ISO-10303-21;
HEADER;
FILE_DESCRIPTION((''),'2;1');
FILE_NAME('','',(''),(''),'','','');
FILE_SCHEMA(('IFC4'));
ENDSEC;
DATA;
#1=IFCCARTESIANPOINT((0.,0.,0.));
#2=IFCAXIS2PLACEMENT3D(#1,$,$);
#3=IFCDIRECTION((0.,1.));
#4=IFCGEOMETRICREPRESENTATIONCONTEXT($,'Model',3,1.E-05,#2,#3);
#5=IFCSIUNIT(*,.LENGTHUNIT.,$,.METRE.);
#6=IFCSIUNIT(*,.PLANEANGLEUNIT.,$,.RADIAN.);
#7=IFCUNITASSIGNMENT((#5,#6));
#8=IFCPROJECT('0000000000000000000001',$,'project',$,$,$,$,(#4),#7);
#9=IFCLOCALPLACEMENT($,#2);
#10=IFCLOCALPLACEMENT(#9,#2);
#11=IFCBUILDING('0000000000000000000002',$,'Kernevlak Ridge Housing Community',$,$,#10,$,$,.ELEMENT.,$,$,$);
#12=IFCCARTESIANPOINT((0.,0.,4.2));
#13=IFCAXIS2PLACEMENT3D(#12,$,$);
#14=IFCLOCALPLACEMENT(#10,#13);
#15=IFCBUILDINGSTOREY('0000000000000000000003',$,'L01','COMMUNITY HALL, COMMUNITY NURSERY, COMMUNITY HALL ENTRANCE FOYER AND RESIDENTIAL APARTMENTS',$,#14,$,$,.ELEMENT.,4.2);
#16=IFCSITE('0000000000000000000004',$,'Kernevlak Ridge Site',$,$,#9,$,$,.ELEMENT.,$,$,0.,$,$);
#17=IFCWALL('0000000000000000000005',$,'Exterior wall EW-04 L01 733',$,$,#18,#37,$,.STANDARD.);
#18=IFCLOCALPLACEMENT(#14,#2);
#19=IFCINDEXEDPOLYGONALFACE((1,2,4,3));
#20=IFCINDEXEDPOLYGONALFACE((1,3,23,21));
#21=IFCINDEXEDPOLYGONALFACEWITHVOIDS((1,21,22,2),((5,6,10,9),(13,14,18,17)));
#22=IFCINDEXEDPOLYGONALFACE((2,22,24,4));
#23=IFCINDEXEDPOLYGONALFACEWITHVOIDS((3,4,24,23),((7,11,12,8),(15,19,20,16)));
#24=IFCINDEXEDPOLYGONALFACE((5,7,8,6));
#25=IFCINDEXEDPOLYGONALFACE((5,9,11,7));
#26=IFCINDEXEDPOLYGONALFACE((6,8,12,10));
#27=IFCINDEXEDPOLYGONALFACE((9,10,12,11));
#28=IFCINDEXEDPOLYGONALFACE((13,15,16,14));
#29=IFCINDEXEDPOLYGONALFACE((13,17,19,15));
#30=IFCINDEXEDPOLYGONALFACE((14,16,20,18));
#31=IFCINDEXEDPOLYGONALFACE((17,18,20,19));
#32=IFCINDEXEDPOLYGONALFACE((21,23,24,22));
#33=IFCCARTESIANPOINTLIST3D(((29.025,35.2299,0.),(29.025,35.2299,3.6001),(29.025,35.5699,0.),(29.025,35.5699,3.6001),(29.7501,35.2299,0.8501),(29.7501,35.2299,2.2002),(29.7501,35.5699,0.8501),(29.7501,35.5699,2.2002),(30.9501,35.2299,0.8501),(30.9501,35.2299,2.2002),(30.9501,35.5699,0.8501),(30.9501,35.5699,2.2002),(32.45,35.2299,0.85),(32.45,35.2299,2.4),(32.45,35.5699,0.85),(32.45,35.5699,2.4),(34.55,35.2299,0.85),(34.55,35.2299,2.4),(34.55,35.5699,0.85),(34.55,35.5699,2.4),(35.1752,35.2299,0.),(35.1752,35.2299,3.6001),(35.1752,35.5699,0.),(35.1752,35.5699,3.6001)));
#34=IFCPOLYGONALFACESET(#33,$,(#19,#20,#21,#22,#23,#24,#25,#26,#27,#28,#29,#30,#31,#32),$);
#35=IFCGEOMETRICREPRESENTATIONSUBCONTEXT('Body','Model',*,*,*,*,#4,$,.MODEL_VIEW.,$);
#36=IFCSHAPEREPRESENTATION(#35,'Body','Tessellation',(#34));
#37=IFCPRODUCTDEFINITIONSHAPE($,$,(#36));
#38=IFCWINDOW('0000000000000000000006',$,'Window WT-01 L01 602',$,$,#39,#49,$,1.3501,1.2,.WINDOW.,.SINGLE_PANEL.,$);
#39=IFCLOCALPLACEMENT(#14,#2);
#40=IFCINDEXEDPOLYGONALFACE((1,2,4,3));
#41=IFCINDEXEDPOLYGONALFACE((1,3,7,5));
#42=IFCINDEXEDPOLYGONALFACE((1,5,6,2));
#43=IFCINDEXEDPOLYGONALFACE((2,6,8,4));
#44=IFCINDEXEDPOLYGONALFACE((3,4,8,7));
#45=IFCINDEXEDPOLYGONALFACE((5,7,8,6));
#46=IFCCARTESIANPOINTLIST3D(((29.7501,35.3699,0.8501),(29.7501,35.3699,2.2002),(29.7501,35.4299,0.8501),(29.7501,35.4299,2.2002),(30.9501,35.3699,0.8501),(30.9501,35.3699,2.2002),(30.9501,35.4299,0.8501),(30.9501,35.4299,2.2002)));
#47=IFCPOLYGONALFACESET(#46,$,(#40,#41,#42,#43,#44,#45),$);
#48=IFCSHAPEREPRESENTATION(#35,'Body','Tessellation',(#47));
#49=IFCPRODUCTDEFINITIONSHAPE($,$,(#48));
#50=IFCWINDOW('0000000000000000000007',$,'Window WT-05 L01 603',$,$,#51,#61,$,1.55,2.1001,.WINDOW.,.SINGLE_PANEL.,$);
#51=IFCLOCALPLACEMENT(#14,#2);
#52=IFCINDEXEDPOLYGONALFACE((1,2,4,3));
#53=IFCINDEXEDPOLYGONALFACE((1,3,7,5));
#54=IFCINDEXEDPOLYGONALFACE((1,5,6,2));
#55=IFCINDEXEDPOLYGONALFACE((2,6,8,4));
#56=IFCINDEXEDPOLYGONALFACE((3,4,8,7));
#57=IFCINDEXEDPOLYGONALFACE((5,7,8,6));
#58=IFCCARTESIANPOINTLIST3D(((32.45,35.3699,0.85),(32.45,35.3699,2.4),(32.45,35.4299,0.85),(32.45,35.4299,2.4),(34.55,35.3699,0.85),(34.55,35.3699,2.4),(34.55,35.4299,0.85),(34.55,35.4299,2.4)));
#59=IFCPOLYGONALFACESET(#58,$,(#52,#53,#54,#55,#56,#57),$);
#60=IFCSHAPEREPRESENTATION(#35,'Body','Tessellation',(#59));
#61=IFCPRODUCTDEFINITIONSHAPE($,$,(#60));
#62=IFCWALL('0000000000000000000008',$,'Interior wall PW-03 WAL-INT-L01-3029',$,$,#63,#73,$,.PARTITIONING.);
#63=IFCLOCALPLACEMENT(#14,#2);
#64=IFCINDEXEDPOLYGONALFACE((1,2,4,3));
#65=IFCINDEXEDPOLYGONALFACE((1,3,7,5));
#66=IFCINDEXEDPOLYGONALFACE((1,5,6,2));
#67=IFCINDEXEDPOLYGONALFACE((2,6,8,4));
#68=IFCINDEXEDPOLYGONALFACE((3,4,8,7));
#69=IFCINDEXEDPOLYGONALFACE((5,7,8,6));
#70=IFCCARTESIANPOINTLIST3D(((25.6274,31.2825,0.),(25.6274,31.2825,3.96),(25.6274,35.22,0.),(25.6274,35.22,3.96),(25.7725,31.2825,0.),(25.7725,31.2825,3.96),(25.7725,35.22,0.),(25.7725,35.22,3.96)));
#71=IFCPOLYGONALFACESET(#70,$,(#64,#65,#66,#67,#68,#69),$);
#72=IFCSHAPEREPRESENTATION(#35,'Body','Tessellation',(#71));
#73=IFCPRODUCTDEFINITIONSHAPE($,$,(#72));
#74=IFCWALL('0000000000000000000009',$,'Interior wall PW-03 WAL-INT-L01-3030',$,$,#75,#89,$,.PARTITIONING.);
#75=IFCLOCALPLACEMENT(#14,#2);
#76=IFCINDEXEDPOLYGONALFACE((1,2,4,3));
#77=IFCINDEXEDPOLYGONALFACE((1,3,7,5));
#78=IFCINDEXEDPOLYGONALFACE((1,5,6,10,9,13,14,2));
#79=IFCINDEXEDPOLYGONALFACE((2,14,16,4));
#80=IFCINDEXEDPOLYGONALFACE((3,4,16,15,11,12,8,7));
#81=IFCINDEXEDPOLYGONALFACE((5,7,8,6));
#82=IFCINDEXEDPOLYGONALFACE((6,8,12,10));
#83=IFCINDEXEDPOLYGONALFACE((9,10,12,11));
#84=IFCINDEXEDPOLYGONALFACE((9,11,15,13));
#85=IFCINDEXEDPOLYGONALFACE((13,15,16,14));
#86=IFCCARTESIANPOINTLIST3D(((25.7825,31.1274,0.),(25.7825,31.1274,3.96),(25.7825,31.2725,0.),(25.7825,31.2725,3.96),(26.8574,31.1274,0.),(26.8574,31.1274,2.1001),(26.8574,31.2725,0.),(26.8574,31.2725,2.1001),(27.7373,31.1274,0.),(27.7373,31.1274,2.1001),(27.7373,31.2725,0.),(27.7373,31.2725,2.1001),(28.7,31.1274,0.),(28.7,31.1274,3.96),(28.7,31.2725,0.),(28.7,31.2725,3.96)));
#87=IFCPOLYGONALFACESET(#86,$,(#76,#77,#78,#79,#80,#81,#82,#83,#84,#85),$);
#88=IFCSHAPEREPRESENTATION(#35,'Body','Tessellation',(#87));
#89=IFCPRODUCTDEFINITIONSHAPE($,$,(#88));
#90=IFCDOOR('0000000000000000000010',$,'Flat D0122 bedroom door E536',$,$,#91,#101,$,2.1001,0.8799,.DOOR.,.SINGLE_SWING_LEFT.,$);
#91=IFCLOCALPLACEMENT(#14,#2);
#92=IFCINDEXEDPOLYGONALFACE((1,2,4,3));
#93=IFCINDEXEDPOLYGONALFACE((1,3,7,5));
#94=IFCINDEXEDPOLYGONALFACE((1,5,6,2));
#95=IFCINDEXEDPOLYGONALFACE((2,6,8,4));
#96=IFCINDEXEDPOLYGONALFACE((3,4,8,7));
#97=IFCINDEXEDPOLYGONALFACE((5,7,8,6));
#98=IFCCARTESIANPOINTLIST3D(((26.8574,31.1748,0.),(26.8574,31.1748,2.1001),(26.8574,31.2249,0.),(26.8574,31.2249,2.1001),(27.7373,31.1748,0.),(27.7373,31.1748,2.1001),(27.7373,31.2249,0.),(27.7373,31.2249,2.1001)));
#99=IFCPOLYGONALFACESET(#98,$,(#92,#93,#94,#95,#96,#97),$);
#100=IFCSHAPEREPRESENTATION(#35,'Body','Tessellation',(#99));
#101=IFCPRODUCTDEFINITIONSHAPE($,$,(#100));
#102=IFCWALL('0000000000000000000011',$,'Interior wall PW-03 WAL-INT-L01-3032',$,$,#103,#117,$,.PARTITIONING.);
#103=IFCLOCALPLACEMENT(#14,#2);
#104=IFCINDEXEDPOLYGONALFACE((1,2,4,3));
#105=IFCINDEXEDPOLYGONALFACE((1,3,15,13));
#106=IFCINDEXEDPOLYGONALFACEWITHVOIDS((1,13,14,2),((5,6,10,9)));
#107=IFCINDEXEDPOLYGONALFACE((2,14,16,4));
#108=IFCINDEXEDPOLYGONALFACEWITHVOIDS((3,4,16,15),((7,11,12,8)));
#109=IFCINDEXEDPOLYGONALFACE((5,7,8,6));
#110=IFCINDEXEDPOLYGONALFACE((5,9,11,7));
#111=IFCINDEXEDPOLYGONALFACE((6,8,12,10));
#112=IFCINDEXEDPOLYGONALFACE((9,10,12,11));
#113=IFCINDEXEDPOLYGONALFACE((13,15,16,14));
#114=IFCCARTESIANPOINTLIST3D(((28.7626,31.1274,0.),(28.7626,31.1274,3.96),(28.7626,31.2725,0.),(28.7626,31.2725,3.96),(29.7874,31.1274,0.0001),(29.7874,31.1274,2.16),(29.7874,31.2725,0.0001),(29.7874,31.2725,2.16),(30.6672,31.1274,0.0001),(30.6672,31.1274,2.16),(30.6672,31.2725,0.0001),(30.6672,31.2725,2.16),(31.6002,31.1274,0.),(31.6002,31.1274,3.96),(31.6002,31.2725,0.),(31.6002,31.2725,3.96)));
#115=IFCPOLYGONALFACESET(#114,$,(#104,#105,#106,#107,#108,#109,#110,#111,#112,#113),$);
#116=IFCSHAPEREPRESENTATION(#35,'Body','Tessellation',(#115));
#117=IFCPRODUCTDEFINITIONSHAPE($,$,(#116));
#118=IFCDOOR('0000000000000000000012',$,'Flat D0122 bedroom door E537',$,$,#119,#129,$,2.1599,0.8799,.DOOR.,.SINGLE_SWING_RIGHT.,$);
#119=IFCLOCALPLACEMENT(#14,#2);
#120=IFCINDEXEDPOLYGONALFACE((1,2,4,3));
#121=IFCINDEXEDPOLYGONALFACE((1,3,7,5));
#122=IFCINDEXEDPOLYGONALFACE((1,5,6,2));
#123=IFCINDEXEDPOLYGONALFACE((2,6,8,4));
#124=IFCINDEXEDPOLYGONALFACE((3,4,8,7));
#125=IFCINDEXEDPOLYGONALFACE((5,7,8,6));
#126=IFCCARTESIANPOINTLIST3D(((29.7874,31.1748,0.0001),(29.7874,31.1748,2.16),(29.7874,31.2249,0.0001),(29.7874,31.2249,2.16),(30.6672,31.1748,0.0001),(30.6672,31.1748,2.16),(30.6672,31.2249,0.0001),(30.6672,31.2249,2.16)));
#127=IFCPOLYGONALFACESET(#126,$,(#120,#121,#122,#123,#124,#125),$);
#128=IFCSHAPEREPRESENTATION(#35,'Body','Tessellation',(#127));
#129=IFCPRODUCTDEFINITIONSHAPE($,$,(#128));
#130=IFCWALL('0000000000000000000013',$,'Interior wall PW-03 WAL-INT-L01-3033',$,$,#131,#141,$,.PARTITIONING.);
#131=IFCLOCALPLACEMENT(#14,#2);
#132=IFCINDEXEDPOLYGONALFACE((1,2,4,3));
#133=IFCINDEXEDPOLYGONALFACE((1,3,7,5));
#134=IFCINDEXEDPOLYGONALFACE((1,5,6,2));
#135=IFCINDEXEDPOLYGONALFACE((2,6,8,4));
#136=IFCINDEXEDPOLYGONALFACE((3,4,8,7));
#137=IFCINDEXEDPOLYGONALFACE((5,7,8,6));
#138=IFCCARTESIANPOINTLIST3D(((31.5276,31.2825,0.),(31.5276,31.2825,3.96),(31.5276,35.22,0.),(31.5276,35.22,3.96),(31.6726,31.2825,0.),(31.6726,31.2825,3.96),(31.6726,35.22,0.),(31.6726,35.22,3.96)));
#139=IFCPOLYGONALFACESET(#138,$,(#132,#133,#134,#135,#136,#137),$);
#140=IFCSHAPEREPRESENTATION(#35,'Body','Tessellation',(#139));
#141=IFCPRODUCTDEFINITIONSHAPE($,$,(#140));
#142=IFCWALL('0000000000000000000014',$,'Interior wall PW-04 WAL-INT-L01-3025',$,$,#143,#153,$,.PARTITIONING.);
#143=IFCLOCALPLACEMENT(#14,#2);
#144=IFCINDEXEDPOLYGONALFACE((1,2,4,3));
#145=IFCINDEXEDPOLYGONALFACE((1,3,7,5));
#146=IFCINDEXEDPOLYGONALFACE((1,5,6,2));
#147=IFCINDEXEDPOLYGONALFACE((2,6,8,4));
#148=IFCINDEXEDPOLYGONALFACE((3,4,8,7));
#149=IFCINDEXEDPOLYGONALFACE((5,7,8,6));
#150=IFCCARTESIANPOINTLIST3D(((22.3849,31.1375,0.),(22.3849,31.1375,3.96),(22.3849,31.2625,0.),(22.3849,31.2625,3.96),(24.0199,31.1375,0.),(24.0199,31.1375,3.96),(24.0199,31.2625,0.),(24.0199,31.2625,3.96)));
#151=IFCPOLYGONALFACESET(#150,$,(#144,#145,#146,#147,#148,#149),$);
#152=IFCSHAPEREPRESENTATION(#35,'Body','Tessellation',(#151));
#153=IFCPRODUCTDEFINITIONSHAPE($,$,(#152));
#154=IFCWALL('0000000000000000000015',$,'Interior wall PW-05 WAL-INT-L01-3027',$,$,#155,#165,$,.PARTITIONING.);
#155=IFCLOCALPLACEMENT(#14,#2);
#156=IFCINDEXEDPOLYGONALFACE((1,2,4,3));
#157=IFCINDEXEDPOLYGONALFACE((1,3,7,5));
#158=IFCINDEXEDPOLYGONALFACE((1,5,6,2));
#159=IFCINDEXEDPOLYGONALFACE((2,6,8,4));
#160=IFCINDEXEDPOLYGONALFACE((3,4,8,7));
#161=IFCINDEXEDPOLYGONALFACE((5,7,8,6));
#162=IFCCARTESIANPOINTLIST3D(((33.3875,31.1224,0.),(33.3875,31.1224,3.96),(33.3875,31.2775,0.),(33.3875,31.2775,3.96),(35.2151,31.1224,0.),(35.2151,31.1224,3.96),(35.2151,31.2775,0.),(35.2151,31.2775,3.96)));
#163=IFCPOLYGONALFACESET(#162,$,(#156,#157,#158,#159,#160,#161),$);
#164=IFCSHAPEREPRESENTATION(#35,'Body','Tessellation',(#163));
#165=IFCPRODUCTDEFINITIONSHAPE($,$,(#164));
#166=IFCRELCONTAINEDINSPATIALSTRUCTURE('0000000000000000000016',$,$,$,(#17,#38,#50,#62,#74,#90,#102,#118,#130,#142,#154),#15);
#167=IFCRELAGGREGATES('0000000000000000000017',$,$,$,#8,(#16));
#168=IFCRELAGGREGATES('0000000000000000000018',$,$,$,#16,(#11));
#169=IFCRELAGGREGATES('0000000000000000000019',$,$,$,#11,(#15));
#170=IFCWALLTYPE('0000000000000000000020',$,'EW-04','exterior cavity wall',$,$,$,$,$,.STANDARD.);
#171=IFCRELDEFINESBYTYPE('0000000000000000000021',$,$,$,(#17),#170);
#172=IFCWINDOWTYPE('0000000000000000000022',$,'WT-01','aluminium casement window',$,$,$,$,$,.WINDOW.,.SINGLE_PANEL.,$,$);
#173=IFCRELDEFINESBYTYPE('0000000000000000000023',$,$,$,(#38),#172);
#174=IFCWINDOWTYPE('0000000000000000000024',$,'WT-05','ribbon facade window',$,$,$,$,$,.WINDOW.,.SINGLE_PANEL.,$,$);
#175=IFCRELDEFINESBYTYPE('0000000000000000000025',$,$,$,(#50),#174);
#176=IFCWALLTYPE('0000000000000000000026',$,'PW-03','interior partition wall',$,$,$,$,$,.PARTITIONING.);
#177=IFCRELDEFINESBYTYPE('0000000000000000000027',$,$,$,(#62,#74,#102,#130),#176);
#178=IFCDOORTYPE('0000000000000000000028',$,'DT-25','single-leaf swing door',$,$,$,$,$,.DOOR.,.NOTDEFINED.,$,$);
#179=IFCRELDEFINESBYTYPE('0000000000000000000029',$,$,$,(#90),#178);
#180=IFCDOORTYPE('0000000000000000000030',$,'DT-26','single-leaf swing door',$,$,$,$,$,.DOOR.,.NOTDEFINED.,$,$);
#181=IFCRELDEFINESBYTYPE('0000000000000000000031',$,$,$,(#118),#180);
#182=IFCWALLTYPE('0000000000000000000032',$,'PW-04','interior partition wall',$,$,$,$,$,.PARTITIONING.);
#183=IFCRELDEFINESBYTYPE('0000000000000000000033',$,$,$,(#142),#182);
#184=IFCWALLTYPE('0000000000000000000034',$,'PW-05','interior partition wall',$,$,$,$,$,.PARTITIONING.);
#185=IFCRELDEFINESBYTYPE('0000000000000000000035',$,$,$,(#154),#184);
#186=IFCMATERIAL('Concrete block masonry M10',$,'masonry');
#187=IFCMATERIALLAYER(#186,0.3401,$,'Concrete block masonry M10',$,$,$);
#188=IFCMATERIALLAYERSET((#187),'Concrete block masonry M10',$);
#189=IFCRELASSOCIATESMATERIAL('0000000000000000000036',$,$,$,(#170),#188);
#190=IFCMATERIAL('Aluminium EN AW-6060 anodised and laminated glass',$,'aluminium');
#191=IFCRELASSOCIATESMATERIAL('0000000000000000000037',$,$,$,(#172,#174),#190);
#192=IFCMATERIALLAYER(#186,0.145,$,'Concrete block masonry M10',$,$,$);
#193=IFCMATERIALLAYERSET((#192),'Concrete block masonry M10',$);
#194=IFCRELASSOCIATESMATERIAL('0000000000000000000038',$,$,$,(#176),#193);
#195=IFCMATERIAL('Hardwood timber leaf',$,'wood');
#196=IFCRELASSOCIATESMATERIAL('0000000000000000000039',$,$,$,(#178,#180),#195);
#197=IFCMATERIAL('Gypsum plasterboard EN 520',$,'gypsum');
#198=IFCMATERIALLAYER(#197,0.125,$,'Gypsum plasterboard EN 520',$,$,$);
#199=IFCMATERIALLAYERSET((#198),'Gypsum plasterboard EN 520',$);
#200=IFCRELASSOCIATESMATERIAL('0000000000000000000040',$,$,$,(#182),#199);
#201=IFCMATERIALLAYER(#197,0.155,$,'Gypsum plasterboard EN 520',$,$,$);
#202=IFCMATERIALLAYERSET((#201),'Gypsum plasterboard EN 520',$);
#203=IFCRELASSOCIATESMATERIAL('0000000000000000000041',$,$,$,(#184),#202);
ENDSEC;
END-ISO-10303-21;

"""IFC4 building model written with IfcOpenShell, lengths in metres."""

from ifc_helpers import new_model, si_unit, direction, frame, frame_2d, origin, place, context, subcontext, project, spatial, rectangle, extrude, material, layer, layer_set, type_object, element, fill, save


model = new_model("IFC4")

# Units and contexts
model_context = context("Model", 3, precision=1e-05, world=origin(), true_north=direction((0.0, 1.0)))
body_context = subcontext(model_context, "Body", "Model", "MODEL_VIEW")
ifc_project = project(units=[si_unit("LENGTHUNIT", "METRE"), si_unit("PLANEANGLEUNIT", "RADIAN")], contexts=[model_context])

# Site, building, storey
site_placement = place(None, origin())
site = spatial("IfcSite", under=ifc_project, at=site_placement, Name="Kernevlak Ridge Site", CompositionType="ELEMENT", RefElevation=0.0)
building_placement = place(site_placement, origin())
building = spatial("IfcBuilding", under=site, at=building_placement, Name="Kernevlak Ridge Housing Community", CompositionType="ELEMENT")
storey_placement = place(building_placement, frame((0.0, 0.0, 4.2)))
storey = spatial("IfcBuildingStorey", under=building, at=storey_placement, Name="L01", Description="COMMUNITY HALL, COMMUNITY NURSERY, COMMUNITY HALL ENTRANCE FOYER AND RESIDENTIAL APARTMENTS", CompositionType="ELEMENT", Elevation=4.2)

# Wall, openings, windows
ifc_material_1 = material(Name="Concrete block masonry M10", Category="masonry")
ifc_layer_1 = layer(ifc_material_1, 0.3401, Name="Concrete block masonry M10")
ifc_layer_set_1 = layer_set([ifc_layer_1], Name="Concrete block masonry M10")
wall_type_1 = type_object("IfcWallType", Name="EW-04", Description="exterior cavity wall", PredefinedType="STANDARD", material=ifc_layer_set_1)
ifc_material_2 = material(Name="Aluminium EN AW-6060 anodised and laminated glass", Category="aluminium")
wall_1_placement = place(storey_placement, frame((29.0249, 35.3999, 0.0), z_axis=(0.0, 0.0, 1.0), x_axis=(1.0, 0.0, 0.0)))
wall_1 = element("IfcWall", 1, at=wall_1_placement, inside=storey, type_object=wall_type_1, Name="Exterior wall EW-04 L01 733", PredefinedType="STANDARD", context=body_context, shape_type="SweptSolid", body=[
    extrude(rectangle(XDim=6.1501, YDim=0.3401, at=frame_2d((3.0752, 0.0))), origin(), (0.0, 0.0, 1.0), 3.6001),
])
opening_1_placement = place(wall_1_placement, frame((0.7251, 0.0, 0.8501)))
opening_1 = element("IfcOpeningElement", 2, at=opening_1_placement, cuts=wall_1, PredefinedType="OPENING", context=body_context, shape_type="SweptSolid", body=[
    extrude(rectangle(XDim=1.2, YDim=1.3501, at=frame_2d((0.6001, 0.675))), frame((0.0, 0.1799, 0.0), z_axis=(0.0, -1.0, 0.0), x_axis=(1.0, 0.0, 0.0)), (0.0, 0.0, 1.0), 0.3601),
])
opening_2_placement = place(wall_1_placement, frame((3.425, 0.0, 0.8501)))
opening_2 = element("IfcOpeningElement", 3, at=opening_2_placement, cuts=wall_1, PredefinedType="OPENING", context=body_context, shape_type="SweptSolid", body=[
    extrude(rectangle(XDim=2.1001, YDim=1.55, at=frame_2d((1.05, 0.7749))), frame((0.0, 0.1799, 0.0), z_axis=(0.0, -1.0, 0.0), x_axis=(1.0, 0.0, 0.0)), (0.0, 0.0, 1.0), 0.3601),
])
window_type_1 = type_object("IfcWindowType", Name="WT-01", Description="aluminium casement window", PartitioningType="SINGLE_PANEL", PredefinedType="WINDOW", material=ifc_material_2)
window_1_placement = place(opening_1_placement, origin())
window_1 = element("IfcWindow", 4, at=window_1_placement, inside=storey, type_object=window_type_1, Name="Window WT-01 L01 602", OverallHeight=1.3501, OverallWidth=1.2, PartitioningType="SINGLE_PANEL", PredefinedType="WINDOW", context=body_context, shape_type="SweptSolid", body=[
    extrude(rectangle(XDim=1.2, YDim=1.3501, at=frame_2d((0.6001, 0.675))), frame((0.0, 0.03, 0.0), z_axis=(0.0, -1.0, 0.0), x_axis=(1.0, 0.0, 0.0)), (0.0, 0.0, 1.0), 0.0601),
])
fill(opening_1, window_1)
window_type_2 = type_object("IfcWindowType", Name="WT-05", Description="ribbon facade window", PartitioningType="SINGLE_PANEL", PredefinedType="WINDOW", material=ifc_material_2)
window_2_placement = place(opening_2_placement, origin())
window_2 = element("IfcWindow", 5, at=window_2_placement, inside=storey, type_object=window_type_2, Name="Window WT-05 L01 603", OverallHeight=1.55, OverallWidth=2.1001, PartitioningType="SINGLE_PANEL", PredefinedType="WINDOW", context=body_context, shape_type="SweptSolid", body=[
    extrude(rectangle(XDim=2.1001, YDim=1.55, at=frame_2d((1.05, 0.7749))), frame((0.0, 0.03, 0.0), z_axis=(0.0, -1.0, 0.0), x_axis=(1.0, 0.0, 0.0)), (0.0, 0.0, 1.0), 0.0601),
])
fill(opening_2, window_2)

# Shared definitions
ifc_layer_2 = layer(ifc_material_1, 0.145, Name="Concrete block masonry M10")
ifc_layer_set_2 = layer_set([ifc_layer_2], Name="Concrete block masonry M10")
wall_type_2 = type_object("IfcWallType", Name="PW-03", Description="interior partition wall", PredefinedType="PARTITIONING", material=ifc_layer_set_2)
ifc_material_3 = material(Name="Hardwood timber leaf", Category="wood")

# Wall
wall_2_placement = place(storey_placement, frame((25.7, 31.2825, 0.0), z_axis=(0.0, 0.0, 1.0), x_axis=(0.0, 1.0, 0.0)))
element("IfcWall", 6, at=wall_2_placement, inside=storey, type_object=wall_type_2, Name="Interior wall PW-03 WAL-INT-L01-3029", PredefinedType="PARTITIONING", context=body_context, shape_type="SweptSolid", body=[
    extrude(rectangle(XDim=3.9375, YDim=0.145, at=frame_2d((1.9688, 0.0))), origin(), (0.0, 0.0, 1.0), 3.96),
])

# Walls, openings, doors
wall_3_placement = place(storey_placement, frame((25.7825, 31.2, 0.0), z_axis=(0.0, 0.0, 1.0), x_axis=(1.0, 0.0, 0.0)))
wall_3 = element("IfcWall", 7, at=wall_3_placement, inside=storey, type_object=wall_type_2, Name="Interior wall PW-03 WAL-INT-L01-3030", PredefinedType="PARTITIONING", context=body_context, shape_type="SweptSolid", body=[
    extrude(rectangle(XDim=2.9175, YDim=0.145, at=frame_2d((1.4587, 0.0))), origin(), (0.0, 0.0, 1.0), 3.96),
])
opening_3_placement = place(wall_3_placement, frame((1.075, 0.0, 0.0)))
opening_3 = element("IfcOpeningElement", 8, at=opening_3_placement, cuts=wall_3, PredefinedType="OPENING", context=body_context, shape_type="SweptSolid", body=[
    extrude(rectangle(XDim=0.8799, YDim=2.1001, at=frame_2d((0.4399, 1.05))), frame((0.0, 0.0825, 0.0), z_axis=(0.0, -1.0, 0.0), x_axis=(1.0, 0.0, 0.0)), (0.0, 0.0, 1.0), 0.165),
])
door_type_1 = type_object("IfcDoorType", Name="DT-25", Description="single-leaf swing door", OperationType="NOTDEFINED", PredefinedType="DOOR", material=ifc_material_3)
door_1_placement = place(opening_3_placement, origin())
door_1 = element("IfcDoor", 9, at=door_1_placement, inside=storey, type_object=door_type_1, Name="Flat D0122 bedroom door E536", OperationType="SINGLE_SWING_LEFT", OverallHeight=2.1001, OverallWidth=0.8799, PredefinedType="DOOR", context=body_context, shape_type="SweptSolid", body=[
    extrude(rectangle(XDim=0.8799, YDim=2.1001, at=frame_2d((0.4399, 1.05))), frame((0.0, 0.0249, 0.0), z_axis=(0.0, -1.0, 0.0), x_axis=(1.0, 0.0, 0.0)), (0.0, 0.0, 1.0), 0.05),
])
fill(opening_3, door_1)
wall_4_placement = place(storey_placement, frame((28.7625, 31.2, 0.0), z_axis=(0.0, 0.0, 1.0), x_axis=(1.0, 0.0, 0.0)))
wall_4 = element("IfcWall", 10, at=wall_4_placement, inside=storey, type_object=wall_type_2, Name="Interior wall PW-03 WAL-INT-L01-3032", PredefinedType="PARTITIONING", context=body_context, shape_type="SweptSolid", body=[
    extrude(rectangle(XDim=2.8376, YDim=0.145, at=frame_2d((1.4189, 0.0))), origin(), (0.0, 0.0, 1.0), 3.96),
])
opening_4_placement = place(wall_4_placement, frame((1.0249, 0.0, 0.0)))
opening_4 = element("IfcOpeningElement", 11, at=opening_4_placement, cuts=wall_4, PredefinedType="OPENING", context=body_context, shape_type="SweptSolid", body=[
    extrude(rectangle(XDim=0.8799, YDim=2.1599, at=frame_2d((0.4399, 1.0801))), frame((0.0, 0.0825, 0.0), z_axis=(0.0, -1.0, 0.0), x_axis=(1.0, 0.0, 0.0)), (0.0, 0.0, 1.0), 0.165),
])
door_type_2 = type_object("IfcDoorType", Name="DT-26", Description="single-leaf swing door", OperationType="NOTDEFINED", PredefinedType="DOOR", material=ifc_material_3)
door_2_placement = place(opening_4_placement, origin())
door_2 = element("IfcDoor", 12, at=door_2_placement, inside=storey, type_object=door_type_2, Name="Flat D0122 bedroom door E537", OperationType="SINGLE_SWING_RIGHT", OverallHeight=2.1599, OverallWidth=0.8799, PredefinedType="DOOR", context=body_context, shape_type="SweptSolid", body=[
    extrude(rectangle(XDim=0.8799, YDim=2.1599, at=frame_2d((0.4399, 1.0801))), frame((0.0, 0.0249, 0.0), z_axis=(0.0, -1.0, 0.0), x_axis=(1.0, 0.0, 0.0)), (0.0, 0.0, 1.0), 0.05),
])
fill(opening_4, door_2)

# Walls
wall_5_placement = place(storey_placement, frame((31.6001, 31.2825, 0.0), z_axis=(0.0, 0.0, 1.0), x_axis=(0.0, 1.0, 0.0)))
element("IfcWall", 13, at=wall_5_placement, inside=storey, type_object=wall_type_2, Name="Interior wall PW-03 WAL-INT-L01-3033", PredefinedType="PARTITIONING", context=body_context, shape_type="SweptSolid", body=[
    extrude(rectangle(XDim=3.9375, YDim=0.145, at=frame_2d((1.9688, 0.0))), origin(), (0.0, 0.0, 1.0), 3.96),
])
ifc_material_4 = material(Name="Gypsum plasterboard EN 520", Category="gypsum")
ifc_layer_3 = layer(ifc_material_4, 0.125, Name="Gypsum plasterboard EN 520")
ifc_layer_set_3 = layer_set([ifc_layer_3], Name="Gypsum plasterboard EN 520")
wall_type_3 = type_object("IfcWallType", Name="PW-04", Description="interior partition wall", PredefinedType="PARTITIONING", material=ifc_layer_set_3)
wall_6_placement = place(storey_placement, frame((22.385, 31.2, 0.0), z_axis=(0.0, 0.0, 1.0), x_axis=(1.0, 0.0, 0.0)))
element("IfcWall", 14, at=wall_6_placement, inside=storey, type_object=wall_type_3, Name="Interior wall PW-04 WAL-INT-L01-3025", PredefinedType="PARTITIONING", context=body_context, shape_type="SweptSolid", body=[
    extrude(rectangle(XDim=1.635, YDim=0.125, at=frame_2d((0.8174, 0.0))), origin(), (0.0, 0.0, 1.0), 3.96),
])
ifc_layer_4 = layer(ifc_material_4, 0.155, Name="Gypsum plasterboard EN 520")
ifc_layer_set_4 = layer_set([ifc_layer_4], Name="Gypsum plasterboard EN 520")
wall_type_4 = type_object("IfcWallType", Name="PW-05", Description="interior partition wall", PredefinedType="PARTITIONING", material=ifc_layer_set_4)
wall_7_placement = place(storey_placement, frame((33.3875, 31.2, 0.0), z_axis=(0.0, 0.0, 1.0), x_axis=(1.0, 0.0, 0.0)))
element("IfcWall", 15, at=wall_7_placement, inside=storey, type_object=wall_type_4, Name="Interior wall PW-05 WAL-INT-L01-3027", PredefinedType="PARTITIONING", context=body_context, shape_type="SweptSolid", body=[
    extrude(rectangle(XDim=1.8276, YDim=0.155, at=frame_2d((0.9138, 0.0))), origin(), (0.0, 0.0, 1.0), 3.96),
])

save(model, "model.ifc")
